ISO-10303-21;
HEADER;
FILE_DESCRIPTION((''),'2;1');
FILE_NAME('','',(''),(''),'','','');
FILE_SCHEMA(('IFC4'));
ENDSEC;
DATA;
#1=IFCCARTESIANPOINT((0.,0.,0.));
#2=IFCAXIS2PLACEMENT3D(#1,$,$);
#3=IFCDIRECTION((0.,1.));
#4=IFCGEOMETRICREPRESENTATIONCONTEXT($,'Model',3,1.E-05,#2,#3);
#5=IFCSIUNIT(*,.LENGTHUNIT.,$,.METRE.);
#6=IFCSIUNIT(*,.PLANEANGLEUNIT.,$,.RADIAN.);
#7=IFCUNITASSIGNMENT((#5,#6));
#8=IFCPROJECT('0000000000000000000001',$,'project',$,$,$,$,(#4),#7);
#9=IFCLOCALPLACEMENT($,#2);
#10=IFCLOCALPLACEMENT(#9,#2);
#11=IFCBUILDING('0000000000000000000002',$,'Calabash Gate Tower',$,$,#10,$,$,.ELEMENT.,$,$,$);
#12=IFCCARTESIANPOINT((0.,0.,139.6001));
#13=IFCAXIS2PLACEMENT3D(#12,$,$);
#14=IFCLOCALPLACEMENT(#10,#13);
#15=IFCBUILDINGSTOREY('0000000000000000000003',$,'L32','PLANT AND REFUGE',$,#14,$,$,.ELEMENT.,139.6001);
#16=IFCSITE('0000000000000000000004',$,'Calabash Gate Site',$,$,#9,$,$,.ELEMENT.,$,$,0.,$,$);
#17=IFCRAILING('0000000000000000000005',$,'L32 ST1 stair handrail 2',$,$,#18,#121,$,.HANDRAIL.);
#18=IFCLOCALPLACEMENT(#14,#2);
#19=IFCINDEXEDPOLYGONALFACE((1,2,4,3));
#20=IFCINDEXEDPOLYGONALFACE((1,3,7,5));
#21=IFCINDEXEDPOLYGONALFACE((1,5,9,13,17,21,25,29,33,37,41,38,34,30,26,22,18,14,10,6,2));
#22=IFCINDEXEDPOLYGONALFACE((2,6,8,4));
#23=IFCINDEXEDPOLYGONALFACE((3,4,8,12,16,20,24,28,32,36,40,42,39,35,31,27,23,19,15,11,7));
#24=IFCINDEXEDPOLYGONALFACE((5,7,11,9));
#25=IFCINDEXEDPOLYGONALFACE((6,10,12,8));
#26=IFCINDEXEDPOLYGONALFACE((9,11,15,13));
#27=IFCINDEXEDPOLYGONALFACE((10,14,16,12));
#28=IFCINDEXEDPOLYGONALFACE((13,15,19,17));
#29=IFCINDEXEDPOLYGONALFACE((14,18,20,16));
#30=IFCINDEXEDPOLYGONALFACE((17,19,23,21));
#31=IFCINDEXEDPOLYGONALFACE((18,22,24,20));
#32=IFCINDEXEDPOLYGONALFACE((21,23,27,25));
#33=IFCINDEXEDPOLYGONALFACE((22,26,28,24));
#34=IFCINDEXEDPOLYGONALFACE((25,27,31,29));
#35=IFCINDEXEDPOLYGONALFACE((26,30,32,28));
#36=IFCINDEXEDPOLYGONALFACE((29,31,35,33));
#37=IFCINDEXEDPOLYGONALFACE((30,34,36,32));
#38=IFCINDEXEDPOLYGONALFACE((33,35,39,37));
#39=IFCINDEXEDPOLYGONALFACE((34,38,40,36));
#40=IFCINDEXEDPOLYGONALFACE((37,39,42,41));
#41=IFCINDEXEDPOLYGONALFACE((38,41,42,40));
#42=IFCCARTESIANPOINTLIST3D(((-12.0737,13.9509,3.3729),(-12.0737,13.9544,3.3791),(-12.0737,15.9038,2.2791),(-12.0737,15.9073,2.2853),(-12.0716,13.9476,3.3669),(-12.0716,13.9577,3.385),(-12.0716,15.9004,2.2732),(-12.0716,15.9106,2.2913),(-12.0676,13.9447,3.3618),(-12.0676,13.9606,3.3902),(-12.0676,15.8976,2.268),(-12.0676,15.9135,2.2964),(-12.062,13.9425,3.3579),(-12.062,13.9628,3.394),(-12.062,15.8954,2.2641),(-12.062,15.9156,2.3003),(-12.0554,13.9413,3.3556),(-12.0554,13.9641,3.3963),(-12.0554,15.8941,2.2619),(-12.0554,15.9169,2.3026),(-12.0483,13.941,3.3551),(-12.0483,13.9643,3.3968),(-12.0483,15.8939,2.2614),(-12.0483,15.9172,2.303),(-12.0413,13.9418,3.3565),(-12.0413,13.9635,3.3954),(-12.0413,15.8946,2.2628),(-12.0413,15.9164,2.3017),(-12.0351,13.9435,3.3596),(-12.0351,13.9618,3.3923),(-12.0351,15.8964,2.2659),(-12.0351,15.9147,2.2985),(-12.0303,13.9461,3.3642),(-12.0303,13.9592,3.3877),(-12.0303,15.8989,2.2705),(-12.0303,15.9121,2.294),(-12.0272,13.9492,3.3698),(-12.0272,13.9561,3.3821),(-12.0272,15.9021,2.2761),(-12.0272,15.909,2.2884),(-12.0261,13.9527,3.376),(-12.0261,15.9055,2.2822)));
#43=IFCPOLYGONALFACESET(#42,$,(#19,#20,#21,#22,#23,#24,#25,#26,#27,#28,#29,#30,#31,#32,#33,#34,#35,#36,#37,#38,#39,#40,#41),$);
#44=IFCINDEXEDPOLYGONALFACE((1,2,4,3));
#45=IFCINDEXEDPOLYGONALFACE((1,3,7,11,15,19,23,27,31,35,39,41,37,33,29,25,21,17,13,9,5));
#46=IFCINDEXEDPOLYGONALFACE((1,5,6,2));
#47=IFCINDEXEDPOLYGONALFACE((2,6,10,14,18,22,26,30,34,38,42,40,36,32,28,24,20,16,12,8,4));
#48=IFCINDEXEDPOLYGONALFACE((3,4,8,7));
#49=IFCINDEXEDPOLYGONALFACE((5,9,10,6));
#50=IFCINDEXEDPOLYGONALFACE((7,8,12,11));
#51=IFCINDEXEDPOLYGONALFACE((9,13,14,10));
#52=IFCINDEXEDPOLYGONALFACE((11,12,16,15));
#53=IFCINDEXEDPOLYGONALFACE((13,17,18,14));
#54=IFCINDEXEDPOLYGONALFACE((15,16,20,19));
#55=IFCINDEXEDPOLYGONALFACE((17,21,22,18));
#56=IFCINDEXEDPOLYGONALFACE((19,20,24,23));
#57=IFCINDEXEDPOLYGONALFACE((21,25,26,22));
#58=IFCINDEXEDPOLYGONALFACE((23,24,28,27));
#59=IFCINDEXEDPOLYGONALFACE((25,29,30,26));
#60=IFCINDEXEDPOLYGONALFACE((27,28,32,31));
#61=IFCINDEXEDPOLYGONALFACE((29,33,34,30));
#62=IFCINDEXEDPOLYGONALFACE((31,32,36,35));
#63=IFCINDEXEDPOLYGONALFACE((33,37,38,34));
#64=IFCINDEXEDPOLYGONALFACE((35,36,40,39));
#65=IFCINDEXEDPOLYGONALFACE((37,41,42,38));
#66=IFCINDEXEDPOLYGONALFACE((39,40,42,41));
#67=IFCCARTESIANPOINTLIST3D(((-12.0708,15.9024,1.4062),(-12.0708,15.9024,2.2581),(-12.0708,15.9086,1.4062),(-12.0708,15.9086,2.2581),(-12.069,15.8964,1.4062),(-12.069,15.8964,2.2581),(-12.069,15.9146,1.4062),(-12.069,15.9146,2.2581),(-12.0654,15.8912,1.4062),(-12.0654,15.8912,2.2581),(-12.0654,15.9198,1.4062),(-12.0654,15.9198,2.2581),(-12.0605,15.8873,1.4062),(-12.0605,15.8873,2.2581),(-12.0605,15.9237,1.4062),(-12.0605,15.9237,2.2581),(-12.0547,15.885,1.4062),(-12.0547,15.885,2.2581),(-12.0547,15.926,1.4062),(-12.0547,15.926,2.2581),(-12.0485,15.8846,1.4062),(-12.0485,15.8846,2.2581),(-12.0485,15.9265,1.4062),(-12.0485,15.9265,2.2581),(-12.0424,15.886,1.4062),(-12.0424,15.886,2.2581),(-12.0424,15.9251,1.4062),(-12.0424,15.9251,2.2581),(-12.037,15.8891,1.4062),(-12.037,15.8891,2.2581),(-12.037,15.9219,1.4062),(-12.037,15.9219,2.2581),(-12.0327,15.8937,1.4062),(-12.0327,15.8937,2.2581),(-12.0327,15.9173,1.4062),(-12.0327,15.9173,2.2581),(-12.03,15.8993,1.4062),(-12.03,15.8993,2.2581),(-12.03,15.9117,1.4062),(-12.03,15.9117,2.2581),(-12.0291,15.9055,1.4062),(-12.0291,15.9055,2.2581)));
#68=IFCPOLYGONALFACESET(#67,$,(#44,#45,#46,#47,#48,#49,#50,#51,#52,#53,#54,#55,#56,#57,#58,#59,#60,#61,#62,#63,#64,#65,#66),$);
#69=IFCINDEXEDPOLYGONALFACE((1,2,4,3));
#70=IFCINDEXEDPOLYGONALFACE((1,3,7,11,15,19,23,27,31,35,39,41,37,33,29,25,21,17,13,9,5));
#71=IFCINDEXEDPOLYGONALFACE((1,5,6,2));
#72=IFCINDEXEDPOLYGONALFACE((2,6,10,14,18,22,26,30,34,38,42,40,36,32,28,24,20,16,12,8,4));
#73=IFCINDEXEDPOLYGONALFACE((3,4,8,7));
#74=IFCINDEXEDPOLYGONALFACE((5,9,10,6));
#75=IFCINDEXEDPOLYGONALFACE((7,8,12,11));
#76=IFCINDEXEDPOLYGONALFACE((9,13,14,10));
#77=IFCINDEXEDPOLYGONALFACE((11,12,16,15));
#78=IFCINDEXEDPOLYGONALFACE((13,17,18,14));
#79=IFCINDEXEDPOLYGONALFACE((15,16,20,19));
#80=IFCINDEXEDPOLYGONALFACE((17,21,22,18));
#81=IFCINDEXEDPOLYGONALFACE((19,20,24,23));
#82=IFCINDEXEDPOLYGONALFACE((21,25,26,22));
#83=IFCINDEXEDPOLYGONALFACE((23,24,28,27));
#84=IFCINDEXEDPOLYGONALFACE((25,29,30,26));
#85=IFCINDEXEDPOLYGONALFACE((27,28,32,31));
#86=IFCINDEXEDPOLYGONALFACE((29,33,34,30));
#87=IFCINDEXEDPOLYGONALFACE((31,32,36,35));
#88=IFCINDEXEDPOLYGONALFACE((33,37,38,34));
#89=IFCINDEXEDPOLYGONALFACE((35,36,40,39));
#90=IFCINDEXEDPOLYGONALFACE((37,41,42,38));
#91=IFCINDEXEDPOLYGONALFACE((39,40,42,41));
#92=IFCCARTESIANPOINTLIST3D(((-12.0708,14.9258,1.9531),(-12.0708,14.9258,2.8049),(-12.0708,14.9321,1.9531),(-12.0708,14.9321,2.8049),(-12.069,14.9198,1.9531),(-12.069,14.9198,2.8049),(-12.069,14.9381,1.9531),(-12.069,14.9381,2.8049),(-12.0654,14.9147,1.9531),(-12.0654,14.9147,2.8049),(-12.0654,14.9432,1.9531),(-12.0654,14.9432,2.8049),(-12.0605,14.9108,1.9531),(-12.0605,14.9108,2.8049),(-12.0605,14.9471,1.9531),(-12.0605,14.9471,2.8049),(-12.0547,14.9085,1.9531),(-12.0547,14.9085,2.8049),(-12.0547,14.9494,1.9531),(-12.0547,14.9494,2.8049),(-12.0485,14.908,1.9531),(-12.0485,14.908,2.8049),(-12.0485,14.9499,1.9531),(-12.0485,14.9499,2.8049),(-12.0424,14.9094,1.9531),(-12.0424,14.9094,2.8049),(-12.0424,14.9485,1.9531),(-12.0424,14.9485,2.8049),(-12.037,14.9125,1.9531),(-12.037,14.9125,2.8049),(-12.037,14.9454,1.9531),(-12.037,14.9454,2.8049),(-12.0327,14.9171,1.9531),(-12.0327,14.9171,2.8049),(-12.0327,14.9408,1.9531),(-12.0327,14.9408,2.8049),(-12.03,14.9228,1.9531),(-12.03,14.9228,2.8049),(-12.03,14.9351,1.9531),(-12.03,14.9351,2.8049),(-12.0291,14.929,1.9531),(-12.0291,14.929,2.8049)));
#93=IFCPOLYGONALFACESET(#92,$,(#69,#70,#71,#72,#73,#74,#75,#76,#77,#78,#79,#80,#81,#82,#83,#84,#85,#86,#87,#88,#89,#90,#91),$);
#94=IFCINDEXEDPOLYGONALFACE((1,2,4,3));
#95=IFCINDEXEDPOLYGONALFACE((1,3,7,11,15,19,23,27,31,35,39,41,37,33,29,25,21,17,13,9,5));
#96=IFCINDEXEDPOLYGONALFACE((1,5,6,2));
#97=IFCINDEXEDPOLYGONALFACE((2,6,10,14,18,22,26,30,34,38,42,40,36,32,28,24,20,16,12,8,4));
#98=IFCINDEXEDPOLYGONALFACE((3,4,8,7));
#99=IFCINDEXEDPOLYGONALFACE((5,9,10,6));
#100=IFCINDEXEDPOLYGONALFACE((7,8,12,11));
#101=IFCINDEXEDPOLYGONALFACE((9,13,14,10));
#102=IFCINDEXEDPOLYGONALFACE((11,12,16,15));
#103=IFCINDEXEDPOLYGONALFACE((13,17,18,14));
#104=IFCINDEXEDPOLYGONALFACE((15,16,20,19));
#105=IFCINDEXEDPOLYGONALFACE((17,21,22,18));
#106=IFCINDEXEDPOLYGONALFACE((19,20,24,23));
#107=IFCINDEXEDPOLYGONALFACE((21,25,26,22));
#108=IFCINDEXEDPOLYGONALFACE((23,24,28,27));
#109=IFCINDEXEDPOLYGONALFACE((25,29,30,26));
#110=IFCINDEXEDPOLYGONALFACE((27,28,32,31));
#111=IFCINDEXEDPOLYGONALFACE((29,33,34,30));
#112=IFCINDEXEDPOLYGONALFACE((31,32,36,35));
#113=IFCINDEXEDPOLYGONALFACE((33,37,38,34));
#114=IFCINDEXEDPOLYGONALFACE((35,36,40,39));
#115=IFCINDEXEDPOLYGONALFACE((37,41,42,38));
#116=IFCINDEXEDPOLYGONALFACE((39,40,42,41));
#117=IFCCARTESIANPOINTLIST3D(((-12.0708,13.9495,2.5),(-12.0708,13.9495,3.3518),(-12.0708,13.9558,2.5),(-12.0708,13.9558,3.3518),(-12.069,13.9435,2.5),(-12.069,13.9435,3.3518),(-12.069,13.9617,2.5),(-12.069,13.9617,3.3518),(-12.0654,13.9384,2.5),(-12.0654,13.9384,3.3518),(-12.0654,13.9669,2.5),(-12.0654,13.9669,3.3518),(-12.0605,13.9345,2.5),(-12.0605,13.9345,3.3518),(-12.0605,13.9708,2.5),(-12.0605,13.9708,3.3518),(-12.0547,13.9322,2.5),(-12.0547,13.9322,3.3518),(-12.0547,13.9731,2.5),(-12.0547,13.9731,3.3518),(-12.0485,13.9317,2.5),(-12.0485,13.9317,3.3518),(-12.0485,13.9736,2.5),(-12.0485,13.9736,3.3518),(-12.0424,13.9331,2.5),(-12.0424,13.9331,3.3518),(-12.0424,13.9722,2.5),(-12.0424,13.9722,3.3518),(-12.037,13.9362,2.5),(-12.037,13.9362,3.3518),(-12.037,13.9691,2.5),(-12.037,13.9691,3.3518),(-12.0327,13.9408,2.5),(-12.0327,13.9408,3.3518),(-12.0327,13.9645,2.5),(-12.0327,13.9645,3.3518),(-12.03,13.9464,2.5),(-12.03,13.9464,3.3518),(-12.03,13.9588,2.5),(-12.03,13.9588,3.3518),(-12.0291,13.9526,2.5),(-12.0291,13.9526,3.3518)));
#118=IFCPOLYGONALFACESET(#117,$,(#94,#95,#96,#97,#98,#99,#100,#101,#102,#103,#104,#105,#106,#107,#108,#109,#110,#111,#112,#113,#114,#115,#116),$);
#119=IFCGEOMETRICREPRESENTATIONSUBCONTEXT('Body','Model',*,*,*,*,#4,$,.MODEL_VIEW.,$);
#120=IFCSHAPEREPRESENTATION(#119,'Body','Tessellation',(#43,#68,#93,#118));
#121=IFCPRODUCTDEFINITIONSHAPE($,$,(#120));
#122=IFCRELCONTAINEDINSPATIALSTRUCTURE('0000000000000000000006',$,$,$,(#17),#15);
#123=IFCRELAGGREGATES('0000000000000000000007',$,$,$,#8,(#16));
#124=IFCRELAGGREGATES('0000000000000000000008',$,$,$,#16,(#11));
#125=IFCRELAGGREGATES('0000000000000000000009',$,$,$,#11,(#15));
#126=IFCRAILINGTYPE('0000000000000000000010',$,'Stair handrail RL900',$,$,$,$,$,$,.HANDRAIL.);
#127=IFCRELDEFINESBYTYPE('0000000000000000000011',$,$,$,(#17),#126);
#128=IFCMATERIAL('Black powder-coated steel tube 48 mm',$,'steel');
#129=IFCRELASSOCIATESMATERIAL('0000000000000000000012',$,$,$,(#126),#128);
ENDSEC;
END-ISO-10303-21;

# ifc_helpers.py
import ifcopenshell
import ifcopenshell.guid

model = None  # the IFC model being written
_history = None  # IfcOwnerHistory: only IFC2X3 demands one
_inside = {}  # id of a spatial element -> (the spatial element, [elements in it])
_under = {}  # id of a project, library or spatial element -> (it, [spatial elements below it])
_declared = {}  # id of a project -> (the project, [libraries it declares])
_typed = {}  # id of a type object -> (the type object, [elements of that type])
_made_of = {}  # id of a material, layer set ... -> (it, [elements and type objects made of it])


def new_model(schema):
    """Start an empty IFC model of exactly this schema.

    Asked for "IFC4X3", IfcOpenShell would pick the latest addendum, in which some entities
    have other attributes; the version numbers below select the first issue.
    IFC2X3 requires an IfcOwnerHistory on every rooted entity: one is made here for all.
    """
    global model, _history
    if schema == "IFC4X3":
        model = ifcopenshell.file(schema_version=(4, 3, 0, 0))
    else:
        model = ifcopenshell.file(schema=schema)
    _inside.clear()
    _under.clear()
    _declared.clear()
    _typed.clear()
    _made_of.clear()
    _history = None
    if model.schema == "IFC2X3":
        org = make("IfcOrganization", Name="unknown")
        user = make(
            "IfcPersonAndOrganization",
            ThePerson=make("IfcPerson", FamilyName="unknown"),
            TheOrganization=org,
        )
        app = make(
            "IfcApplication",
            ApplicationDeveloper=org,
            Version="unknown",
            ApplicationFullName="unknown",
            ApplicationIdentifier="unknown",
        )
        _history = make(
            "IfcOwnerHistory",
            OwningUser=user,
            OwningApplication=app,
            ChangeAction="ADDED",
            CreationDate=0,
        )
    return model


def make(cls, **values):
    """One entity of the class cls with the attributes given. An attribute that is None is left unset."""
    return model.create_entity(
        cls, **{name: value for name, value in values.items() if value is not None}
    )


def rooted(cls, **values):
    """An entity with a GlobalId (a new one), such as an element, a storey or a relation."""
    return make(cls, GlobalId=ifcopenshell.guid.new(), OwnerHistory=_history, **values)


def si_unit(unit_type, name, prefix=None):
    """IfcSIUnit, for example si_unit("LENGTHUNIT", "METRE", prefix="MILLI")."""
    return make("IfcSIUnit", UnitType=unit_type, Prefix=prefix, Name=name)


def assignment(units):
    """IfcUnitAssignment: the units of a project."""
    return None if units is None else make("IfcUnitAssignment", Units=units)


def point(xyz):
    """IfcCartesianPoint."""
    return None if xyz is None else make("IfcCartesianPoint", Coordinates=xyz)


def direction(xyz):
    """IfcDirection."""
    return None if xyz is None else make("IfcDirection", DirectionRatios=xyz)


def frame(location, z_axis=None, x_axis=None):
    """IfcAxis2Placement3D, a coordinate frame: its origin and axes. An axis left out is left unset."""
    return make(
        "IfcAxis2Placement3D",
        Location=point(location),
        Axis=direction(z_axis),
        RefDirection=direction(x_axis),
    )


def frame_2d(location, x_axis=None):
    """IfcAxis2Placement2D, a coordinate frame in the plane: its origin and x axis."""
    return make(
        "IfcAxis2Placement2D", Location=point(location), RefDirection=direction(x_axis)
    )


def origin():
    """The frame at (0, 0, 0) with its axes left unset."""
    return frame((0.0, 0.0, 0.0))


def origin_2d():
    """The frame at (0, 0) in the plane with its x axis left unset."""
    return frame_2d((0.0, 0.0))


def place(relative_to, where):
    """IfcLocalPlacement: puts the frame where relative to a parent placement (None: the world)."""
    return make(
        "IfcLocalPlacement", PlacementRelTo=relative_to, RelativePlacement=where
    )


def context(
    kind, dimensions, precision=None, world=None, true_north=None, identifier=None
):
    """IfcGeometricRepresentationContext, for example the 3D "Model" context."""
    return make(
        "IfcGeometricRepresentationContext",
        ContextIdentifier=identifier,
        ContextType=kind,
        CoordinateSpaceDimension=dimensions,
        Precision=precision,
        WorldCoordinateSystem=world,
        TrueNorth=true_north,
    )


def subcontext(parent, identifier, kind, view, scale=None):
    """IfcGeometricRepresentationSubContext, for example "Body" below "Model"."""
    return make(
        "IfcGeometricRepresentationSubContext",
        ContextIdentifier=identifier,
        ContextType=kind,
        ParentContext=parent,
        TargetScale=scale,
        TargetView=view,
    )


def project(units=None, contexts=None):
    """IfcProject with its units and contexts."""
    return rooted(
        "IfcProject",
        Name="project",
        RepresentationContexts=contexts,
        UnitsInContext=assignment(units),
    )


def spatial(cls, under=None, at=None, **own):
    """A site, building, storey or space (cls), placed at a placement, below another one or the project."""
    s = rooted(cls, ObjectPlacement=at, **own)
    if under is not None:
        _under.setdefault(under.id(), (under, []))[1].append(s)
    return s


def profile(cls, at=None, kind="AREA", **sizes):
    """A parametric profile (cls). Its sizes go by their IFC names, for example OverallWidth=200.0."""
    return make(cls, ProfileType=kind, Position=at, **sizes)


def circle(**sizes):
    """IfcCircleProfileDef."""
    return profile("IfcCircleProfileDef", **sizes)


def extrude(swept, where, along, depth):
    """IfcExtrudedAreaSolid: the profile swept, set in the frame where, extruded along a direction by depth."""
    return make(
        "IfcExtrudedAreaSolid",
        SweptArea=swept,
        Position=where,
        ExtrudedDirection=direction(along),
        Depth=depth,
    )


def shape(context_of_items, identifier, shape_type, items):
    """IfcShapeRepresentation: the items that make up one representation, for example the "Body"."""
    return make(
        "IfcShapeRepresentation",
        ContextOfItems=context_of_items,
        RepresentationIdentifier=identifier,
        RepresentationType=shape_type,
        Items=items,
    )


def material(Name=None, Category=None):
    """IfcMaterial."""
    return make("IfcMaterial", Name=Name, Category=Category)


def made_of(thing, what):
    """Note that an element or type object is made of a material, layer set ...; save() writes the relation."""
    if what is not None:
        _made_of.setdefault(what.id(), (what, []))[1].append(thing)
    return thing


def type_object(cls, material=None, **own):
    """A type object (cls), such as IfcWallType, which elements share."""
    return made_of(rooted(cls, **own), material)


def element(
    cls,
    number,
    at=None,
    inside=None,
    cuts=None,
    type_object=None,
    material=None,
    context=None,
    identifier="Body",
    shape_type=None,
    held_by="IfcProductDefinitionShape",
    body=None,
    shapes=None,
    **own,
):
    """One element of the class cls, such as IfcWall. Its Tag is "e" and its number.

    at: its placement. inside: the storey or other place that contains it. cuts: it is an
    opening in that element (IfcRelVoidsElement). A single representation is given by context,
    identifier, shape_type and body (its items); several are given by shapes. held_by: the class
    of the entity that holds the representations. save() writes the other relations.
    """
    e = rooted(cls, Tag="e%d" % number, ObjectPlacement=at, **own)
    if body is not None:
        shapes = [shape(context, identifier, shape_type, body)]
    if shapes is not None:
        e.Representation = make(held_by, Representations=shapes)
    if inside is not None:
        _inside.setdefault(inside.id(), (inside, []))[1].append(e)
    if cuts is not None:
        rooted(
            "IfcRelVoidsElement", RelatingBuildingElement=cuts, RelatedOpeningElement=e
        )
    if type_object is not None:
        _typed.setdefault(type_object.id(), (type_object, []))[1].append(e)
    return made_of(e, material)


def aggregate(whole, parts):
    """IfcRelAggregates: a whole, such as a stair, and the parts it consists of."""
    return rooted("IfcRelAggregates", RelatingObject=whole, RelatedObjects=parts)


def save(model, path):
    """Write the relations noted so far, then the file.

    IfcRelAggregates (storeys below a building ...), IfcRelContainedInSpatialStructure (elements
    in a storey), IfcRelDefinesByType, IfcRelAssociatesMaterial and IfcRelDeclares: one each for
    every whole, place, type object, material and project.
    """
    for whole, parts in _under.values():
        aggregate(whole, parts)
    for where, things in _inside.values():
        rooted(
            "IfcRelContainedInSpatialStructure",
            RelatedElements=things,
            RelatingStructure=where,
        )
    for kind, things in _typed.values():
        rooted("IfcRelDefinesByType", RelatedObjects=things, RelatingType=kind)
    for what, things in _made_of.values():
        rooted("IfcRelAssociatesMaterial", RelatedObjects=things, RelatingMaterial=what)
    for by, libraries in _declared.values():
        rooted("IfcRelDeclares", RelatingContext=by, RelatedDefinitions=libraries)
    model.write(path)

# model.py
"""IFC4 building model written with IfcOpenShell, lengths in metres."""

from ifc_helpers import new_model, si_unit, direction, frame, origin, origin_2d, place, context, subcontext, project, spatial, circle, extrude, material, type_object, element, save


model = new_model("IFC4")

# Units and contexts
model_context = context("Model", 3, precision=1e-05, world=origin(), true_north=direction((0.0, 1.0)))
body_context = subcontext(model_context, "Body", "Model", "MODEL_VIEW")
ifc_project = project(units=[si_unit("LENGTHUNIT", "METRE"), si_unit("PLANEANGLEUNIT", "RADIAN")], contexts=[model_context])

# Site, building, storey
site_placement = place(None, origin())
site = spatial("IfcSite", under=ifc_project, at=site_placement, Name="Calabash Gate Site", CompositionType="ELEMENT", RefElevation=0.0)
building_placement = place(site_placement, origin())
building = spatial("IfcBuilding", under=site, at=building_placement, Name="Calabash Gate Tower", CompositionType="ELEMENT")
storey_placement = place(building_placement, frame((0.0, 0.0, 139.6001)))
storey = spatial("IfcBuildingStorey", under=building, at=storey_placement, Name="L32", Description="PLANT AND REFUGE", CompositionType="ELEMENT", Elevation=139.6001)

# Railing
ifc_material_1 = material(Name="Black powder-coated steel tube 48 mm", Category="steel")
railing_type_1 = type_object("IfcRailingType", Name="Stair handrail RL900", PredefinedType="HANDRAIL", material=ifc_material_1)
railing_1_placement = place(storey_placement, frame((-12.05, 15.9055, 1.4062)))
element("IfcRailing", 1, at=railing_1_placement, inside=storey, type_object=railing_type_1, Name="L32 ST1 stair handrail 2", PredefinedType="HANDRAIL", context=body_context, shape_type="SweptSolid", body=[
    extrude(circle(Radius=0.0239, at=origin_2d()), frame((0.0, 0.0, 0.876), z_axis=(0.0, -0.87248, 0.48865), x_axis=(1.0, 0.0, 0.0)), (0.0, 0.0, 1.0), 2.2383),
    extrude(circle(Radius=0.021, at=origin_2d()), origin(), (0.0, 0.0, 1.0), 0.8518),
    extrude(circle(Radius=0.021, at=origin_2d()), frame((0.0, -0.9766, 0.5469)), (0.0, 0.0, 1.0), 0.8518),
    extrude(circle(Radius=0.021, at=origin_2d()), frame((0.0, -1.9529, 1.0938)), (0.0, 0.0, 1.0), 0.8518),
])

save(model, "model.ifc")
